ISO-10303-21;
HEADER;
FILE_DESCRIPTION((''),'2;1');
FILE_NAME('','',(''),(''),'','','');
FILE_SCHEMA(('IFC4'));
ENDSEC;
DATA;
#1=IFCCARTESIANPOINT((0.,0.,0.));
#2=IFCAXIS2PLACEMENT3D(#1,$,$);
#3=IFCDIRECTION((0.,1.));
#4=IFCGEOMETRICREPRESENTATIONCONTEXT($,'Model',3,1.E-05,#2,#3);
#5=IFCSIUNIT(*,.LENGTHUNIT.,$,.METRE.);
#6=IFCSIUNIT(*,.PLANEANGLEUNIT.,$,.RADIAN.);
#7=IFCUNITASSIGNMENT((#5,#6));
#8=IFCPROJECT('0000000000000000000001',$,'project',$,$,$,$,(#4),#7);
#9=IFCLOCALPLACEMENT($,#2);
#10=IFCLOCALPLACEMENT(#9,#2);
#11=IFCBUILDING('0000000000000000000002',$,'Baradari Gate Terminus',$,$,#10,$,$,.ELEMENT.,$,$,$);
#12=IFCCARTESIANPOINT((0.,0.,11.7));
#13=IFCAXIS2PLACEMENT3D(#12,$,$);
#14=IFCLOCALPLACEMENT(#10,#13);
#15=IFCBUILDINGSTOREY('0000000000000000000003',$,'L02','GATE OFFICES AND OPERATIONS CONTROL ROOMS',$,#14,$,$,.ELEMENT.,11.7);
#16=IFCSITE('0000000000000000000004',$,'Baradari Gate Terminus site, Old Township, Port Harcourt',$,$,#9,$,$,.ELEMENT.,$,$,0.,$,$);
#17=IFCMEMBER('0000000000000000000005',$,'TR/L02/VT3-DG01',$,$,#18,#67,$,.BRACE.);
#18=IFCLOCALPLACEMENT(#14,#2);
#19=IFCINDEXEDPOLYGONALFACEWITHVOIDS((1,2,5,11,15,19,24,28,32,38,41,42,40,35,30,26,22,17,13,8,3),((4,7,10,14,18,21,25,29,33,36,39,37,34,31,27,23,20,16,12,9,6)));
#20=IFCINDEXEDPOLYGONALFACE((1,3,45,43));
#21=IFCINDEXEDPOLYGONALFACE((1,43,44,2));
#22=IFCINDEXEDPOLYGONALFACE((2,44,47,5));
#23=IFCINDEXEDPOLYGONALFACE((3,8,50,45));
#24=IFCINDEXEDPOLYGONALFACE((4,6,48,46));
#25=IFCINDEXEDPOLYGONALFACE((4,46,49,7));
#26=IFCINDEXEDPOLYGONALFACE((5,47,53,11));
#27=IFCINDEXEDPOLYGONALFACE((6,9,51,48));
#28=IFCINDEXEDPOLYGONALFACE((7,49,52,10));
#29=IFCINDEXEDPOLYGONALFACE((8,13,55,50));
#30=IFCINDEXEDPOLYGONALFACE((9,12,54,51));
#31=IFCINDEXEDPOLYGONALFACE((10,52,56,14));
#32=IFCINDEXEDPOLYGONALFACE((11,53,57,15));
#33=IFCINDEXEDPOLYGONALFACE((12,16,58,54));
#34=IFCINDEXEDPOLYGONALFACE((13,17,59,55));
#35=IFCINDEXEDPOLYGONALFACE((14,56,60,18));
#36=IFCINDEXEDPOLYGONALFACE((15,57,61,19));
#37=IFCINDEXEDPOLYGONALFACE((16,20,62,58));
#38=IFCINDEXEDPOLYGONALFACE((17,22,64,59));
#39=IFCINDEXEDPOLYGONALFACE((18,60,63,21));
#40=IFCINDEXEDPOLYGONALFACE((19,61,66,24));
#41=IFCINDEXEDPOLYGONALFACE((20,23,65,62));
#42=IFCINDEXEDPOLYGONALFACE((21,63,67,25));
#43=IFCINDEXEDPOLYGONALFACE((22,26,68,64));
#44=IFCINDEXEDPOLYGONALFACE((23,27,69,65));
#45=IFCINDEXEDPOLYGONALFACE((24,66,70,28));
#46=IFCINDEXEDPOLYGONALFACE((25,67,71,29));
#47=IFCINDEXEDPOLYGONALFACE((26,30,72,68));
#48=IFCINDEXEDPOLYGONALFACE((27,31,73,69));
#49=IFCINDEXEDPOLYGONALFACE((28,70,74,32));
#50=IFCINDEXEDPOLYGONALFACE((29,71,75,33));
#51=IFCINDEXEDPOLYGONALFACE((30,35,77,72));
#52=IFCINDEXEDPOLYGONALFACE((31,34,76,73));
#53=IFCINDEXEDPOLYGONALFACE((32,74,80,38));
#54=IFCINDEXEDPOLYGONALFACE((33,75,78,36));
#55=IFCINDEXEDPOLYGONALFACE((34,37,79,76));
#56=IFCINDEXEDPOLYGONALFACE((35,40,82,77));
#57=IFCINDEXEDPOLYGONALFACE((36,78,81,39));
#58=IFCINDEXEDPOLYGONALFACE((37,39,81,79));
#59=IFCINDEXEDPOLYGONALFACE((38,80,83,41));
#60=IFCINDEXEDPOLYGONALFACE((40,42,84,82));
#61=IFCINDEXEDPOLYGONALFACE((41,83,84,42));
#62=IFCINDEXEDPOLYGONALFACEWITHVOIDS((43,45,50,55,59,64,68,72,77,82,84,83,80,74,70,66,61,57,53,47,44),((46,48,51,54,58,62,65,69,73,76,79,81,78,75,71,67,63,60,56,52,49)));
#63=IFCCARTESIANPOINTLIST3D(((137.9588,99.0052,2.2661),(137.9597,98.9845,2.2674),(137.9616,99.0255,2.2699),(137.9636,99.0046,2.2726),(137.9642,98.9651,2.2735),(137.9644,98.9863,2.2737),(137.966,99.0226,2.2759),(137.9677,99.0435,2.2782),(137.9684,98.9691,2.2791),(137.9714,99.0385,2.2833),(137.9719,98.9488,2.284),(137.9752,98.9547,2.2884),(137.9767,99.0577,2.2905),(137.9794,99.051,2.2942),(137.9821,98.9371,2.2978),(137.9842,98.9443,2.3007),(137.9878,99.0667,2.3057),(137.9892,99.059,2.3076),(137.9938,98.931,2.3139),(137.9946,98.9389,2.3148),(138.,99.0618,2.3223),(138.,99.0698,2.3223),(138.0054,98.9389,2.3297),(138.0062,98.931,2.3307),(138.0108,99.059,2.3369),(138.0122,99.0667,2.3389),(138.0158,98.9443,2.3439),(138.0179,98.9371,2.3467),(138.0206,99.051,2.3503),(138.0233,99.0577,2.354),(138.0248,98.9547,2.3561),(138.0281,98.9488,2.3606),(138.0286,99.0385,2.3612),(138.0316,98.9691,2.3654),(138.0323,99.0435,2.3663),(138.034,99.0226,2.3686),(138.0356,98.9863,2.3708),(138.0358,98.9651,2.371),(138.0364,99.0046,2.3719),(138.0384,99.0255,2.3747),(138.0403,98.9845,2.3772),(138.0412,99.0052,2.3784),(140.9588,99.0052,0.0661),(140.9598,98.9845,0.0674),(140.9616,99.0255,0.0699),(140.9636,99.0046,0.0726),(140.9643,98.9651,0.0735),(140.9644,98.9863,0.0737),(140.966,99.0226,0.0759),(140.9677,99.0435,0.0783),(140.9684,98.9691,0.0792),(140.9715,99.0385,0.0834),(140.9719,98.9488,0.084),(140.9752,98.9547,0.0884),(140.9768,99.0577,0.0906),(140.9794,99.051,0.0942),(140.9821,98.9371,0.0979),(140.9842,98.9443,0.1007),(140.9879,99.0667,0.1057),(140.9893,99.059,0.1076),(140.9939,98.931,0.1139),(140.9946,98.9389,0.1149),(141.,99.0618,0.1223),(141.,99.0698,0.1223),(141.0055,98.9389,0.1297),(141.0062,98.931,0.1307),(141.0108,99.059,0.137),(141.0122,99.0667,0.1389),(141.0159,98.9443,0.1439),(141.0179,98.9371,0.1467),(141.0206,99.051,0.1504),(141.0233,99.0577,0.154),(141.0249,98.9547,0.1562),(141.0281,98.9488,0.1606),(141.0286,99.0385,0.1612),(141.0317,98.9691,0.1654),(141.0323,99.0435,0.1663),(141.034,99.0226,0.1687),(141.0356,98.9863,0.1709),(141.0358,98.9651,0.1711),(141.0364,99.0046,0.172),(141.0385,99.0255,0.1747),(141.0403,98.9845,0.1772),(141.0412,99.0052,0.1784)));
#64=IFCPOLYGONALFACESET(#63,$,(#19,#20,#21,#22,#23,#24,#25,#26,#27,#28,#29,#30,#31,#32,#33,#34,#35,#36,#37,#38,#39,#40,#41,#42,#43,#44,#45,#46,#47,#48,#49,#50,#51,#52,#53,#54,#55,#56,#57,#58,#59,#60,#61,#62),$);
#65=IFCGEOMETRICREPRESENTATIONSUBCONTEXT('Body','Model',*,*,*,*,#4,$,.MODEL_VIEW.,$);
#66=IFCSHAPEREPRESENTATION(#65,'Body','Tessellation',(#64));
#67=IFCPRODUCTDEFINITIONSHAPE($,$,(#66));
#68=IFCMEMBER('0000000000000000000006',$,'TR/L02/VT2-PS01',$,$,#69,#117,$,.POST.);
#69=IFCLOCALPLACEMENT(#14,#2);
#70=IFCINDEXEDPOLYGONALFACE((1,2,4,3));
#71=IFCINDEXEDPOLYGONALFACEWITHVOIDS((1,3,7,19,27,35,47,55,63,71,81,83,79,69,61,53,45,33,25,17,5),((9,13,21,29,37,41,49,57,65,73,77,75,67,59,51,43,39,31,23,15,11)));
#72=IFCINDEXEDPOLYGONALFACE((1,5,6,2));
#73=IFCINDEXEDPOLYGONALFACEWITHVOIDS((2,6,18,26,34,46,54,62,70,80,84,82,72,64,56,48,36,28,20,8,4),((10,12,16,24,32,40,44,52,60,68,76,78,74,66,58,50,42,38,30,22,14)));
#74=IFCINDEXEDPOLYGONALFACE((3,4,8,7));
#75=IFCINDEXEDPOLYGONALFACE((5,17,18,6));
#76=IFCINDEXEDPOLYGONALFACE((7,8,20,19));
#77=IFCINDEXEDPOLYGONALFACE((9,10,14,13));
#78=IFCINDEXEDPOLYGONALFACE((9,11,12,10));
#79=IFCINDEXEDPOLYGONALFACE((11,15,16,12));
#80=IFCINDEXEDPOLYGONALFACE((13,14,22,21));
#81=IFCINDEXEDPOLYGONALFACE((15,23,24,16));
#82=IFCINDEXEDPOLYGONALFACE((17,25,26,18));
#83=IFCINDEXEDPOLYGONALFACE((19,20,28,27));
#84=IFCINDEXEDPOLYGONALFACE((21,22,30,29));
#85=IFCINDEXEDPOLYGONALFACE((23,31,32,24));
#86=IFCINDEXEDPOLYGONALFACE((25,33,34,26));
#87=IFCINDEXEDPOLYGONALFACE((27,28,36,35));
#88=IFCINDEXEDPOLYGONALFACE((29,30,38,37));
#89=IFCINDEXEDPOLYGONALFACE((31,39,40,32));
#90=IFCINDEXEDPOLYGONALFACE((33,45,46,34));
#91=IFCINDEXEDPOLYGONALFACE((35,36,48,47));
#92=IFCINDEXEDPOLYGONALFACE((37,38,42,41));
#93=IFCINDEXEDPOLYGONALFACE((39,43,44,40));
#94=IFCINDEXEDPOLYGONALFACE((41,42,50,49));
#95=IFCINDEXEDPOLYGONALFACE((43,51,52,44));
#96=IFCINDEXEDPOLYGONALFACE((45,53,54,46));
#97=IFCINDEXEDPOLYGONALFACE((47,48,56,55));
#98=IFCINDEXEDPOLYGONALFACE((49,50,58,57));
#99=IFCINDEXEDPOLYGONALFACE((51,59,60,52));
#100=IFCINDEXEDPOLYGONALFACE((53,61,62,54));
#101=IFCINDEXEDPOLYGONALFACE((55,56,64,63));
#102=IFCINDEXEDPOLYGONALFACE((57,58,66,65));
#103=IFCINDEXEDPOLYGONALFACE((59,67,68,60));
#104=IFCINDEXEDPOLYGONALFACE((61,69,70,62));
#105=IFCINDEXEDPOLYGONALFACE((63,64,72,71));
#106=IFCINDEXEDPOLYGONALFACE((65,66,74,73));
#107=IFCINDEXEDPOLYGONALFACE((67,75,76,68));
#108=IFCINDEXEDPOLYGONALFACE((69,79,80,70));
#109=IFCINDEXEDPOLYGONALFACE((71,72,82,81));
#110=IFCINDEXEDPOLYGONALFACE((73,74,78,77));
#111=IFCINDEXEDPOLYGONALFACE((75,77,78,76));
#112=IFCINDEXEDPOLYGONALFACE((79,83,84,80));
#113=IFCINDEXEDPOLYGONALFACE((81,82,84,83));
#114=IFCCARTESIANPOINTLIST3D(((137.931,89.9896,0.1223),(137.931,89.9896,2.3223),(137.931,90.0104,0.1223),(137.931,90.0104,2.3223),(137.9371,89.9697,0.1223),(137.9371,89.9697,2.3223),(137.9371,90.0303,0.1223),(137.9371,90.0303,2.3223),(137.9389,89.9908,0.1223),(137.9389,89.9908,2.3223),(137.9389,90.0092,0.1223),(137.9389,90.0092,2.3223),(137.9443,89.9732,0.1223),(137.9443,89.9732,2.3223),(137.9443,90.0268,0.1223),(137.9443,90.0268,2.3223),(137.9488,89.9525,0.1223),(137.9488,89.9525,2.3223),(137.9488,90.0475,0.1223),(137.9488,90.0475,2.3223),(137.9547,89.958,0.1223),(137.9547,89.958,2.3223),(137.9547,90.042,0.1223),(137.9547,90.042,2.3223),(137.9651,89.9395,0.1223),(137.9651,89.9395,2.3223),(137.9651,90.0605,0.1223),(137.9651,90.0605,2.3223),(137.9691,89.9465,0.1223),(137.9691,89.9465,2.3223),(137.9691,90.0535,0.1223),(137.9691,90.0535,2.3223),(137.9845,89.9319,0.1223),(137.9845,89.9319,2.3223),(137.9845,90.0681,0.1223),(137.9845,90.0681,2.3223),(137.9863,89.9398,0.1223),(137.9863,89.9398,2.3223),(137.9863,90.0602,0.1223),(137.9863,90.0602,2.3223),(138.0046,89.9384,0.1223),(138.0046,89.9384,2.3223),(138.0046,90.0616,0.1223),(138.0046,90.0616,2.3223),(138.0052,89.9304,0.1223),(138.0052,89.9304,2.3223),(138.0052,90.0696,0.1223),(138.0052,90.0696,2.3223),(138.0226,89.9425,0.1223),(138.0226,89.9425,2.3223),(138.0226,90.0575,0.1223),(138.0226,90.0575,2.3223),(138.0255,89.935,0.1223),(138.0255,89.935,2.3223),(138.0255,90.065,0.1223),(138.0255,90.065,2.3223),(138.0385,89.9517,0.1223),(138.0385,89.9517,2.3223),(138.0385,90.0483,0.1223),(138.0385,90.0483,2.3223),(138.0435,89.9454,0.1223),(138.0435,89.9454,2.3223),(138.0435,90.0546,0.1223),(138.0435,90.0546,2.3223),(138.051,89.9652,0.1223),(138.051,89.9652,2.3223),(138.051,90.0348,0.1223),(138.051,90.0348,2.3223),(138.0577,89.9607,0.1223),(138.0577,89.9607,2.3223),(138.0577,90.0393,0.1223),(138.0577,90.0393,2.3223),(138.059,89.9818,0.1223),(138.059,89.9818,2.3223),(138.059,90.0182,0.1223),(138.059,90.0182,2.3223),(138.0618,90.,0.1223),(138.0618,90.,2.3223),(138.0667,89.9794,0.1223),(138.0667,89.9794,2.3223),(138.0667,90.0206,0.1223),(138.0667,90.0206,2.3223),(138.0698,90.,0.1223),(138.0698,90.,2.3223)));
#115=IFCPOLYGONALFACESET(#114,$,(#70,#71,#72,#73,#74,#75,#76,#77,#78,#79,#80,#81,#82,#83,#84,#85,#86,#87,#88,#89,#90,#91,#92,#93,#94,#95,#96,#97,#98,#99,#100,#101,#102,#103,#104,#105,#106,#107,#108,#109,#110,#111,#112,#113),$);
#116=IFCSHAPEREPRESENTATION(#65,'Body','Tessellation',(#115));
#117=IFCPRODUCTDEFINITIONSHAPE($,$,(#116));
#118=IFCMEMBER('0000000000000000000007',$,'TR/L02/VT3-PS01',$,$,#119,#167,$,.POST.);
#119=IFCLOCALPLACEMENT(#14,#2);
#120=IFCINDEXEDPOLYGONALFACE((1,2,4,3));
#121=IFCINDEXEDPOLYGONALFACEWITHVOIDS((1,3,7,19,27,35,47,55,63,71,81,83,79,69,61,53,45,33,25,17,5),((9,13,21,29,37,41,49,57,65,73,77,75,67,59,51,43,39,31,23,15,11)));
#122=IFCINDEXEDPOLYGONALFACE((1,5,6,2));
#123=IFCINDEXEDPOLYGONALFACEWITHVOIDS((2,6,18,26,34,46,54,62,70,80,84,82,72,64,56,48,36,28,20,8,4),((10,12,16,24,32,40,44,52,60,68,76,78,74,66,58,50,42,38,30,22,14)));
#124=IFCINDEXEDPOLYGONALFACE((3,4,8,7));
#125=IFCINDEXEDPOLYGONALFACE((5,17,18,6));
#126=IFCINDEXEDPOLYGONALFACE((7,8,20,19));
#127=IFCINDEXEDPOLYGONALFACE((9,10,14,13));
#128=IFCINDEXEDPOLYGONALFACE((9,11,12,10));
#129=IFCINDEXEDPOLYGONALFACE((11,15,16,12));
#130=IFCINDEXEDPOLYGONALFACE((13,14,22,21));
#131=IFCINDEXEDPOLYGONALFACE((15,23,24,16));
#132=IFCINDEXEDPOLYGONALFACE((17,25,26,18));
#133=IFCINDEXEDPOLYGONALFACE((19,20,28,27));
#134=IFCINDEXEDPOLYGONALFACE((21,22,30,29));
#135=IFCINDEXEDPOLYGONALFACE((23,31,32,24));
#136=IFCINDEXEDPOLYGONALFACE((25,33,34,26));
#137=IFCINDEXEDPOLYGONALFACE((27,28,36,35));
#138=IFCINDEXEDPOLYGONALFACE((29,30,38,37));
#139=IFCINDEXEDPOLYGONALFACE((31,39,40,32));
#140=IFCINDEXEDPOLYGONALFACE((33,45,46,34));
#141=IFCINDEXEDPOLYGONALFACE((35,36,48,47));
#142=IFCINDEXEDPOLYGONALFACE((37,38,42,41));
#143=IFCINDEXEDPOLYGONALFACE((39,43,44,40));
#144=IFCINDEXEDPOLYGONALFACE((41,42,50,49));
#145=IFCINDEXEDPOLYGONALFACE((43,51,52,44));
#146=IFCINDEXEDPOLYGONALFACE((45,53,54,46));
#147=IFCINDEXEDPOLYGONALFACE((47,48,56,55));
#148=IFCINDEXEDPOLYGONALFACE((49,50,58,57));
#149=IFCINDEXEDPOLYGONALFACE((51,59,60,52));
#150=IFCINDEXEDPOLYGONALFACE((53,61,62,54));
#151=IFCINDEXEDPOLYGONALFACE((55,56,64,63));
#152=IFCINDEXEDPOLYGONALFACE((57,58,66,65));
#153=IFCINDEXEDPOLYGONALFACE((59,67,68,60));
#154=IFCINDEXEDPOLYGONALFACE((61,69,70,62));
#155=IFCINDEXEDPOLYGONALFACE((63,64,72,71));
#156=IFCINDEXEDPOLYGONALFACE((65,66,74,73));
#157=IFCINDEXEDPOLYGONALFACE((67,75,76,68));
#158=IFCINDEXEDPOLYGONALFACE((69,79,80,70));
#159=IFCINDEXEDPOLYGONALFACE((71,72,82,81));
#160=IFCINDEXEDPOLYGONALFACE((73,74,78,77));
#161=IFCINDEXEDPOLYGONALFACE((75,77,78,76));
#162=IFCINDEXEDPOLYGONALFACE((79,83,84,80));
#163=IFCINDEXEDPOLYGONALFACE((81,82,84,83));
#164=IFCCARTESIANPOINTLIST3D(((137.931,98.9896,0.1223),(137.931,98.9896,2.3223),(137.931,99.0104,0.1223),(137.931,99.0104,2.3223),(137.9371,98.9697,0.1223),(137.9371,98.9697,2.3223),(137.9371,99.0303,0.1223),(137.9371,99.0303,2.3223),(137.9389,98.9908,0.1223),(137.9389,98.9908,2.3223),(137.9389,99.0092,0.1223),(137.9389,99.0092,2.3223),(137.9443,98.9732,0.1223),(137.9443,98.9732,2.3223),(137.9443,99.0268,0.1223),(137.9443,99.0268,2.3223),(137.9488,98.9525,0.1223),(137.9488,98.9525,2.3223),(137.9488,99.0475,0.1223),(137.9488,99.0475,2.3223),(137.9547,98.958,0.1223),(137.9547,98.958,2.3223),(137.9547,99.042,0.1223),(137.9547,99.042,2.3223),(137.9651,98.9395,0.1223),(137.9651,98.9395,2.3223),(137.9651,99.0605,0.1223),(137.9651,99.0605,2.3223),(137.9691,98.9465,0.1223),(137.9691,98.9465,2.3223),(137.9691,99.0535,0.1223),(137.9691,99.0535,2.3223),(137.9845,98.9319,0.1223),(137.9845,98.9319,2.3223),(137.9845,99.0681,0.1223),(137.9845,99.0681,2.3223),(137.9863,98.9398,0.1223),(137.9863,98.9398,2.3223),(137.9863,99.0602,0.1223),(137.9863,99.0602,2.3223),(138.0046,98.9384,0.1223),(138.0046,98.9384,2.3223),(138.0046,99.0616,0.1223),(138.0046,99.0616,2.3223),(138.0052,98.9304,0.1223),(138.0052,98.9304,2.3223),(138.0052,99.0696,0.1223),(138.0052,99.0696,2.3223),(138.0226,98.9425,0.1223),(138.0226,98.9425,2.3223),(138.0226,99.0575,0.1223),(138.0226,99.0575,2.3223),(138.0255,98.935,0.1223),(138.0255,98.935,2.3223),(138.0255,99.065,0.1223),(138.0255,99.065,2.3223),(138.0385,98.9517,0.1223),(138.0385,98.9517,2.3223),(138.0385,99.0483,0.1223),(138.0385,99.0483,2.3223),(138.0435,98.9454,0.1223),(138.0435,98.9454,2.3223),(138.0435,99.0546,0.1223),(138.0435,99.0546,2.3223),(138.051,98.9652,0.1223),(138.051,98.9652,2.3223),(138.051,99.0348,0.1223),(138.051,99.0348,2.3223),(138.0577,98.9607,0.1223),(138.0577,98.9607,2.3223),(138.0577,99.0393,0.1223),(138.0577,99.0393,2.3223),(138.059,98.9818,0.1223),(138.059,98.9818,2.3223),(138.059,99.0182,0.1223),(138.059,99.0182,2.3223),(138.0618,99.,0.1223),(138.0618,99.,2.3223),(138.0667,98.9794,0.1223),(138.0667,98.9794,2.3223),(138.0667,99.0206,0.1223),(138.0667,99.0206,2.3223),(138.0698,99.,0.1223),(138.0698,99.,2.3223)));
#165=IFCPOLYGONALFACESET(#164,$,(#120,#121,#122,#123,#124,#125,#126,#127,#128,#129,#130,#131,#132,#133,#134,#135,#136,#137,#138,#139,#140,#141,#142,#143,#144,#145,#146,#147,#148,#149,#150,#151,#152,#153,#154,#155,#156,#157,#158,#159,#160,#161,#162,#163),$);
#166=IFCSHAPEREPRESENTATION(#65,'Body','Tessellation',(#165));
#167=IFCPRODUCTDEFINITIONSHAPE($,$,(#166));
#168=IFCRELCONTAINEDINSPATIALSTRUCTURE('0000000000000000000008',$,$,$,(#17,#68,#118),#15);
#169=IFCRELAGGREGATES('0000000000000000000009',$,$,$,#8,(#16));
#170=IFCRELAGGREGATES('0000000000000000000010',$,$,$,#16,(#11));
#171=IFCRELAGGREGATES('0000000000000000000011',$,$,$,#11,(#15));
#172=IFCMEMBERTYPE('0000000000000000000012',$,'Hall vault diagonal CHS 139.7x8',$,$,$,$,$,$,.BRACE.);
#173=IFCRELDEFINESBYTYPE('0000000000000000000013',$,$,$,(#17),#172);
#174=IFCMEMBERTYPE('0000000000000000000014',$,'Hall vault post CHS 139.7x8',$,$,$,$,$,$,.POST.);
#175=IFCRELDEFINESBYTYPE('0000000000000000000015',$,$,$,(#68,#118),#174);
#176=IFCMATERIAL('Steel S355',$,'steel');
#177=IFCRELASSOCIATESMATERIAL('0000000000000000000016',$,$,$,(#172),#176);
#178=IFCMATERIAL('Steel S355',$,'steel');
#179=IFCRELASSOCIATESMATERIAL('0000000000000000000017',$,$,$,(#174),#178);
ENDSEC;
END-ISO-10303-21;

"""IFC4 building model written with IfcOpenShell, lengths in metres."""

from ifc_helpers import new_model, si_unit, direction, frame, origin, origin_2d, place, context, subcontext, project, spatial, hollow_circle, extrude, material, material_profile, profile_set, type_object, element, save


model = new_model("IFC4")

# Units and contexts
model_context = context("Model", 3, precision=1e-05, world=origin(), true_north=direction((0.0, 1.0)))
body_context = subcontext(model_context, "Body", "Model", "MODEL_VIEW")
ifc_project = project(units=[si_unit("LENGTHUNIT", "METRE"), si_unit("PLANEANGLEUNIT", "RADIAN")], contexts=[model_context])

# Site, building, storey
site_placement = place(None, origin())
site = spatial("IfcSite", under=ifc_project, at=site_placement, Name="Baradari Gate Terminus site, Old Township, Port Harcourt", CompositionType="ELEMENT", RefElevation=0.0)
building_placement = place(site_placement, origin())
building = spatial("IfcBuilding", under=site, at=building_placement, Name="Baradari Gate Terminus", CompositionType="ELEMENT")
storey_placement = place(building_placement, frame((0.0, 0.0, 11.7)))
storey = spatial("IfcBuildingStorey", under=building, at=storey_placement, Name="L02", Description="GATE OFFICES AND OPERATIONS CONTROL ROOMS", CompositionType="ELEMENT", Elevation=11.7)

# Members
ifc_material_1 = material(Name="Steel S355", Category="steel")
ifc_material_profile_1 = material_profile(ifc_material_1, hollow_circle(Radius=0.0698, WallThickness=0.0081, at=origin_2d()), Name="CHS 139.7x8")
ifc_profile_set_1 = profile_set([ifc_material_profile_1], Name="Steel S355")
member_type_1 = type_object("IfcMemberType", Name="Hall vault diagonal CHS 139.7x8", PredefinedType="BRACE", material=ifc_profile_set_1)
for number, where, z_axis, x_axis, name in (
    (1, (138.0, 99.0, 2.3223), (0.806411, 0.0, -0.591355), (0.0, 1.0, 0.0), "TR/L02/VT3-DG01"),
):
    element("IfcMember", number, at=place(storey_placement, frame(where, z_axis=z_axis, x_axis=x_axis)), inside=storey, type_object=member_type_1, Name=name, PredefinedType="BRACE", context=body_context, shape_type="SweptSolid", body=[
        extrude(hollow_circle(Radius=0.0698, WallThickness=0.0081, at=origin_2d()), origin(), (0.0, 0.0, 1.0), 3.7202),
    ])
ifc_material_2 = material(Name="Steel S355", Category="steel")
ifc_material_profile_2 = material_profile(ifc_material_2, hollow_circle(Radius=0.0698, WallThickness=0.0081, at=origin_2d()), Name="CHS 139.7x8")
ifc_profile_set_2 = profile_set([ifc_material_profile_2], Name="Steel S355")
member_type_2 = type_object("IfcMemberType", Name="Hall vault post CHS 139.7x8", PredefinedType="POST", material=ifc_profile_set_2)
for number, where, z_axis, x_axis, name in (
    (2, (138.0, 90.0, 0.1223), (0.0, 0.0, 1.0), (1.0, 0.0, 0.0), "TR/L02/VT2-PS01"),
    (3, (138.0, 99.0, 0.1223), (0.0, 0.0, 1.0), (1.0, 0.0, 0.0), "TR/L02/VT3-PS01"),
):
    element("IfcMember", number, at=place(storey_placement, frame(where, z_axis=z_axis, x_axis=x_axis)), inside=storey, type_object=member_type_2, Name=name, PredefinedType="POST", context=body_context, shape_type="SweptSolid", body=[
        extrude(hollow_circle(Radius=0.0698, WallThickness=0.0081, at=origin_2d()), origin(), (0.0, 0.0, 1.0), 2.2),
    ])

save(model, "model.ifc")
